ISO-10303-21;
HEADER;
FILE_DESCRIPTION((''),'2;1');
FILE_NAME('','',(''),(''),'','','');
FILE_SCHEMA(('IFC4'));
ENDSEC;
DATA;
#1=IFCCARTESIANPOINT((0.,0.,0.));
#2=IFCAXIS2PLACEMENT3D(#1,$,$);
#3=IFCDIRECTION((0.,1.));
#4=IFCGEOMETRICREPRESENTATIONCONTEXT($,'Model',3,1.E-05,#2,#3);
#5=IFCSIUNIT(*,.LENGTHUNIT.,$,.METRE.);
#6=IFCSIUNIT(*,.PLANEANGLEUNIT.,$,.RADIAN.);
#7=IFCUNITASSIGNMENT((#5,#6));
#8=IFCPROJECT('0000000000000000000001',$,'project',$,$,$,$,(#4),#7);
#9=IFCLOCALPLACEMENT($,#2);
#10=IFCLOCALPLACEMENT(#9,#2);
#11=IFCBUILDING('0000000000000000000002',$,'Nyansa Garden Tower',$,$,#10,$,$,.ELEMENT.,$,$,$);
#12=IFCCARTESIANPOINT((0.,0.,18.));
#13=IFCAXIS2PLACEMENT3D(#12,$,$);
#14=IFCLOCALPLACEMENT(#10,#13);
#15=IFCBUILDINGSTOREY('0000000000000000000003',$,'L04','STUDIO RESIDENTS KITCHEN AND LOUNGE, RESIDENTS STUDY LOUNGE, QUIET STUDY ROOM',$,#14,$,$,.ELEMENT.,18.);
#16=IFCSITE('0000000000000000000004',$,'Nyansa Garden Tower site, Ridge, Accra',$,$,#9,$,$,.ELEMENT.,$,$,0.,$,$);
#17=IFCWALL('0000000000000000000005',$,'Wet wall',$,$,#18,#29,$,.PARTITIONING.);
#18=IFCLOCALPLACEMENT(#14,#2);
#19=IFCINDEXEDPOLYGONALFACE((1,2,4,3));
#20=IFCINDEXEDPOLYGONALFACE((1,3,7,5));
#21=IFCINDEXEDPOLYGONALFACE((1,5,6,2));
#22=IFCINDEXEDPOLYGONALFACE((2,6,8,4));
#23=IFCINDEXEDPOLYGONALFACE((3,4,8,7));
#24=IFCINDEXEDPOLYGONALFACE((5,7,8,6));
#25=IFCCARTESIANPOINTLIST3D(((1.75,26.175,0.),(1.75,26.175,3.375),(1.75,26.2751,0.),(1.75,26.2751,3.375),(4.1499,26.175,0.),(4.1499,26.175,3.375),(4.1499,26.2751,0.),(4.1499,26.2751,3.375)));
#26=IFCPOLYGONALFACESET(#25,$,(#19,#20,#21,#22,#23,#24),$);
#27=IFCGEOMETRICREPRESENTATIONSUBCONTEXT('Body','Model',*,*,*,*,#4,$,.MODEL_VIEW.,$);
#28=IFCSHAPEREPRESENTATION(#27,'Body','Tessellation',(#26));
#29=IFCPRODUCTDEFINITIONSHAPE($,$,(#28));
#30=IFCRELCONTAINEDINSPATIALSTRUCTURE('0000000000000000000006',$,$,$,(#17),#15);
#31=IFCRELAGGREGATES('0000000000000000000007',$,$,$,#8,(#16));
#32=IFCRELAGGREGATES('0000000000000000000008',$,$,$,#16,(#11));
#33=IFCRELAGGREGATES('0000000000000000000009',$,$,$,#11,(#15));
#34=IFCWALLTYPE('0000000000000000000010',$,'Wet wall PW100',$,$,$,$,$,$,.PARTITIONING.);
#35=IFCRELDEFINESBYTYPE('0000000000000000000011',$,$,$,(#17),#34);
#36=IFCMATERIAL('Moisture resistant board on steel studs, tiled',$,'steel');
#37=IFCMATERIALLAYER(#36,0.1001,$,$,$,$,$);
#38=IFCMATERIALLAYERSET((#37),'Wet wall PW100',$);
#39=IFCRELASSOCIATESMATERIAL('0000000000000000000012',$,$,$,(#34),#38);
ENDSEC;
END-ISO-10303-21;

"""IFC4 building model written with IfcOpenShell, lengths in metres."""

from ifc_helpers import new_model, si_unit, direction, frame, frame_2d, origin, place, context, subcontext, project, spatial, rectangle, extrude, material, layer, layer_set, type_object, element, save


model = new_model("IFC4")

# Units and contexts
model_context = context("Model", 3, precision=1e-05, world=origin(), true_north=direction((0.0, 1.0)))
body_context = subcontext(model_context, "Body", "Model", "MODEL_VIEW")
ifc_project = project(units=[si_unit("LENGTHUNIT", "METRE"), si_unit("PLANEANGLEUNIT", "RADIAN")], contexts=[model_context])

# Site, building, storey
site_placement = place(None, origin())
site = spatial("IfcSite", under=ifc_project, at=site_placement, Name="Nyansa Garden Tower site, Ridge, Accra", CompositionType="ELEMENT", RefElevation=0.0)
building_placement = place(site_placement, origin())
building = spatial("IfcBuilding", under=site, at=building_placement, Name="Nyansa Garden Tower", CompositionType="ELEMENT")
storey_placement = place(building_placement, frame((0.0, 0.0, 18.0)))
storey = spatial("IfcBuildingStorey", under=building, at=storey_placement, Name="L04", Description="STUDIO RESIDENTS KITCHEN AND LOUNGE, RESIDENTS STUDY LOUNGE, QUIET STUDY ROOM", CompositionType="ELEMENT", Elevation=18.0)

# Wall
ifc_material_1 = material(Name="Moisture resistant board on steel studs, tiled", Category="steel")
ifc_layer_1 = layer(ifc_material_1, 0.1001)
ifc_layer_set_1 = layer_set([ifc_layer_1], Name="Wet wall PW100")
wall_type_1 = type_object("IfcWallType", Name="Wet wall PW100", PredefinedType="PARTITIONING", material=ifc_layer_set_1)
wall_1_placement = place(storey_placement, frame((1.75, 26.2251, 0.0), z_axis=(0.0, 0.0, 1.0), x_axis=(1.0, 0.0, 0.0)))
element("IfcWall", 1, at=wall_1_placement, inside=storey, type_object=wall_type_1, Name="Wet wall", PredefinedType="PARTITIONING", context=body_context, shape_type="SweptSolid", body=[
    extrude(rectangle(XDim=2.3999, YDim=0.1001, at=frame_2d((1.2, 0.0))), origin(), (0.0, 0.0, 1.0), 3.375),
])

save(model, "model.ifc")
